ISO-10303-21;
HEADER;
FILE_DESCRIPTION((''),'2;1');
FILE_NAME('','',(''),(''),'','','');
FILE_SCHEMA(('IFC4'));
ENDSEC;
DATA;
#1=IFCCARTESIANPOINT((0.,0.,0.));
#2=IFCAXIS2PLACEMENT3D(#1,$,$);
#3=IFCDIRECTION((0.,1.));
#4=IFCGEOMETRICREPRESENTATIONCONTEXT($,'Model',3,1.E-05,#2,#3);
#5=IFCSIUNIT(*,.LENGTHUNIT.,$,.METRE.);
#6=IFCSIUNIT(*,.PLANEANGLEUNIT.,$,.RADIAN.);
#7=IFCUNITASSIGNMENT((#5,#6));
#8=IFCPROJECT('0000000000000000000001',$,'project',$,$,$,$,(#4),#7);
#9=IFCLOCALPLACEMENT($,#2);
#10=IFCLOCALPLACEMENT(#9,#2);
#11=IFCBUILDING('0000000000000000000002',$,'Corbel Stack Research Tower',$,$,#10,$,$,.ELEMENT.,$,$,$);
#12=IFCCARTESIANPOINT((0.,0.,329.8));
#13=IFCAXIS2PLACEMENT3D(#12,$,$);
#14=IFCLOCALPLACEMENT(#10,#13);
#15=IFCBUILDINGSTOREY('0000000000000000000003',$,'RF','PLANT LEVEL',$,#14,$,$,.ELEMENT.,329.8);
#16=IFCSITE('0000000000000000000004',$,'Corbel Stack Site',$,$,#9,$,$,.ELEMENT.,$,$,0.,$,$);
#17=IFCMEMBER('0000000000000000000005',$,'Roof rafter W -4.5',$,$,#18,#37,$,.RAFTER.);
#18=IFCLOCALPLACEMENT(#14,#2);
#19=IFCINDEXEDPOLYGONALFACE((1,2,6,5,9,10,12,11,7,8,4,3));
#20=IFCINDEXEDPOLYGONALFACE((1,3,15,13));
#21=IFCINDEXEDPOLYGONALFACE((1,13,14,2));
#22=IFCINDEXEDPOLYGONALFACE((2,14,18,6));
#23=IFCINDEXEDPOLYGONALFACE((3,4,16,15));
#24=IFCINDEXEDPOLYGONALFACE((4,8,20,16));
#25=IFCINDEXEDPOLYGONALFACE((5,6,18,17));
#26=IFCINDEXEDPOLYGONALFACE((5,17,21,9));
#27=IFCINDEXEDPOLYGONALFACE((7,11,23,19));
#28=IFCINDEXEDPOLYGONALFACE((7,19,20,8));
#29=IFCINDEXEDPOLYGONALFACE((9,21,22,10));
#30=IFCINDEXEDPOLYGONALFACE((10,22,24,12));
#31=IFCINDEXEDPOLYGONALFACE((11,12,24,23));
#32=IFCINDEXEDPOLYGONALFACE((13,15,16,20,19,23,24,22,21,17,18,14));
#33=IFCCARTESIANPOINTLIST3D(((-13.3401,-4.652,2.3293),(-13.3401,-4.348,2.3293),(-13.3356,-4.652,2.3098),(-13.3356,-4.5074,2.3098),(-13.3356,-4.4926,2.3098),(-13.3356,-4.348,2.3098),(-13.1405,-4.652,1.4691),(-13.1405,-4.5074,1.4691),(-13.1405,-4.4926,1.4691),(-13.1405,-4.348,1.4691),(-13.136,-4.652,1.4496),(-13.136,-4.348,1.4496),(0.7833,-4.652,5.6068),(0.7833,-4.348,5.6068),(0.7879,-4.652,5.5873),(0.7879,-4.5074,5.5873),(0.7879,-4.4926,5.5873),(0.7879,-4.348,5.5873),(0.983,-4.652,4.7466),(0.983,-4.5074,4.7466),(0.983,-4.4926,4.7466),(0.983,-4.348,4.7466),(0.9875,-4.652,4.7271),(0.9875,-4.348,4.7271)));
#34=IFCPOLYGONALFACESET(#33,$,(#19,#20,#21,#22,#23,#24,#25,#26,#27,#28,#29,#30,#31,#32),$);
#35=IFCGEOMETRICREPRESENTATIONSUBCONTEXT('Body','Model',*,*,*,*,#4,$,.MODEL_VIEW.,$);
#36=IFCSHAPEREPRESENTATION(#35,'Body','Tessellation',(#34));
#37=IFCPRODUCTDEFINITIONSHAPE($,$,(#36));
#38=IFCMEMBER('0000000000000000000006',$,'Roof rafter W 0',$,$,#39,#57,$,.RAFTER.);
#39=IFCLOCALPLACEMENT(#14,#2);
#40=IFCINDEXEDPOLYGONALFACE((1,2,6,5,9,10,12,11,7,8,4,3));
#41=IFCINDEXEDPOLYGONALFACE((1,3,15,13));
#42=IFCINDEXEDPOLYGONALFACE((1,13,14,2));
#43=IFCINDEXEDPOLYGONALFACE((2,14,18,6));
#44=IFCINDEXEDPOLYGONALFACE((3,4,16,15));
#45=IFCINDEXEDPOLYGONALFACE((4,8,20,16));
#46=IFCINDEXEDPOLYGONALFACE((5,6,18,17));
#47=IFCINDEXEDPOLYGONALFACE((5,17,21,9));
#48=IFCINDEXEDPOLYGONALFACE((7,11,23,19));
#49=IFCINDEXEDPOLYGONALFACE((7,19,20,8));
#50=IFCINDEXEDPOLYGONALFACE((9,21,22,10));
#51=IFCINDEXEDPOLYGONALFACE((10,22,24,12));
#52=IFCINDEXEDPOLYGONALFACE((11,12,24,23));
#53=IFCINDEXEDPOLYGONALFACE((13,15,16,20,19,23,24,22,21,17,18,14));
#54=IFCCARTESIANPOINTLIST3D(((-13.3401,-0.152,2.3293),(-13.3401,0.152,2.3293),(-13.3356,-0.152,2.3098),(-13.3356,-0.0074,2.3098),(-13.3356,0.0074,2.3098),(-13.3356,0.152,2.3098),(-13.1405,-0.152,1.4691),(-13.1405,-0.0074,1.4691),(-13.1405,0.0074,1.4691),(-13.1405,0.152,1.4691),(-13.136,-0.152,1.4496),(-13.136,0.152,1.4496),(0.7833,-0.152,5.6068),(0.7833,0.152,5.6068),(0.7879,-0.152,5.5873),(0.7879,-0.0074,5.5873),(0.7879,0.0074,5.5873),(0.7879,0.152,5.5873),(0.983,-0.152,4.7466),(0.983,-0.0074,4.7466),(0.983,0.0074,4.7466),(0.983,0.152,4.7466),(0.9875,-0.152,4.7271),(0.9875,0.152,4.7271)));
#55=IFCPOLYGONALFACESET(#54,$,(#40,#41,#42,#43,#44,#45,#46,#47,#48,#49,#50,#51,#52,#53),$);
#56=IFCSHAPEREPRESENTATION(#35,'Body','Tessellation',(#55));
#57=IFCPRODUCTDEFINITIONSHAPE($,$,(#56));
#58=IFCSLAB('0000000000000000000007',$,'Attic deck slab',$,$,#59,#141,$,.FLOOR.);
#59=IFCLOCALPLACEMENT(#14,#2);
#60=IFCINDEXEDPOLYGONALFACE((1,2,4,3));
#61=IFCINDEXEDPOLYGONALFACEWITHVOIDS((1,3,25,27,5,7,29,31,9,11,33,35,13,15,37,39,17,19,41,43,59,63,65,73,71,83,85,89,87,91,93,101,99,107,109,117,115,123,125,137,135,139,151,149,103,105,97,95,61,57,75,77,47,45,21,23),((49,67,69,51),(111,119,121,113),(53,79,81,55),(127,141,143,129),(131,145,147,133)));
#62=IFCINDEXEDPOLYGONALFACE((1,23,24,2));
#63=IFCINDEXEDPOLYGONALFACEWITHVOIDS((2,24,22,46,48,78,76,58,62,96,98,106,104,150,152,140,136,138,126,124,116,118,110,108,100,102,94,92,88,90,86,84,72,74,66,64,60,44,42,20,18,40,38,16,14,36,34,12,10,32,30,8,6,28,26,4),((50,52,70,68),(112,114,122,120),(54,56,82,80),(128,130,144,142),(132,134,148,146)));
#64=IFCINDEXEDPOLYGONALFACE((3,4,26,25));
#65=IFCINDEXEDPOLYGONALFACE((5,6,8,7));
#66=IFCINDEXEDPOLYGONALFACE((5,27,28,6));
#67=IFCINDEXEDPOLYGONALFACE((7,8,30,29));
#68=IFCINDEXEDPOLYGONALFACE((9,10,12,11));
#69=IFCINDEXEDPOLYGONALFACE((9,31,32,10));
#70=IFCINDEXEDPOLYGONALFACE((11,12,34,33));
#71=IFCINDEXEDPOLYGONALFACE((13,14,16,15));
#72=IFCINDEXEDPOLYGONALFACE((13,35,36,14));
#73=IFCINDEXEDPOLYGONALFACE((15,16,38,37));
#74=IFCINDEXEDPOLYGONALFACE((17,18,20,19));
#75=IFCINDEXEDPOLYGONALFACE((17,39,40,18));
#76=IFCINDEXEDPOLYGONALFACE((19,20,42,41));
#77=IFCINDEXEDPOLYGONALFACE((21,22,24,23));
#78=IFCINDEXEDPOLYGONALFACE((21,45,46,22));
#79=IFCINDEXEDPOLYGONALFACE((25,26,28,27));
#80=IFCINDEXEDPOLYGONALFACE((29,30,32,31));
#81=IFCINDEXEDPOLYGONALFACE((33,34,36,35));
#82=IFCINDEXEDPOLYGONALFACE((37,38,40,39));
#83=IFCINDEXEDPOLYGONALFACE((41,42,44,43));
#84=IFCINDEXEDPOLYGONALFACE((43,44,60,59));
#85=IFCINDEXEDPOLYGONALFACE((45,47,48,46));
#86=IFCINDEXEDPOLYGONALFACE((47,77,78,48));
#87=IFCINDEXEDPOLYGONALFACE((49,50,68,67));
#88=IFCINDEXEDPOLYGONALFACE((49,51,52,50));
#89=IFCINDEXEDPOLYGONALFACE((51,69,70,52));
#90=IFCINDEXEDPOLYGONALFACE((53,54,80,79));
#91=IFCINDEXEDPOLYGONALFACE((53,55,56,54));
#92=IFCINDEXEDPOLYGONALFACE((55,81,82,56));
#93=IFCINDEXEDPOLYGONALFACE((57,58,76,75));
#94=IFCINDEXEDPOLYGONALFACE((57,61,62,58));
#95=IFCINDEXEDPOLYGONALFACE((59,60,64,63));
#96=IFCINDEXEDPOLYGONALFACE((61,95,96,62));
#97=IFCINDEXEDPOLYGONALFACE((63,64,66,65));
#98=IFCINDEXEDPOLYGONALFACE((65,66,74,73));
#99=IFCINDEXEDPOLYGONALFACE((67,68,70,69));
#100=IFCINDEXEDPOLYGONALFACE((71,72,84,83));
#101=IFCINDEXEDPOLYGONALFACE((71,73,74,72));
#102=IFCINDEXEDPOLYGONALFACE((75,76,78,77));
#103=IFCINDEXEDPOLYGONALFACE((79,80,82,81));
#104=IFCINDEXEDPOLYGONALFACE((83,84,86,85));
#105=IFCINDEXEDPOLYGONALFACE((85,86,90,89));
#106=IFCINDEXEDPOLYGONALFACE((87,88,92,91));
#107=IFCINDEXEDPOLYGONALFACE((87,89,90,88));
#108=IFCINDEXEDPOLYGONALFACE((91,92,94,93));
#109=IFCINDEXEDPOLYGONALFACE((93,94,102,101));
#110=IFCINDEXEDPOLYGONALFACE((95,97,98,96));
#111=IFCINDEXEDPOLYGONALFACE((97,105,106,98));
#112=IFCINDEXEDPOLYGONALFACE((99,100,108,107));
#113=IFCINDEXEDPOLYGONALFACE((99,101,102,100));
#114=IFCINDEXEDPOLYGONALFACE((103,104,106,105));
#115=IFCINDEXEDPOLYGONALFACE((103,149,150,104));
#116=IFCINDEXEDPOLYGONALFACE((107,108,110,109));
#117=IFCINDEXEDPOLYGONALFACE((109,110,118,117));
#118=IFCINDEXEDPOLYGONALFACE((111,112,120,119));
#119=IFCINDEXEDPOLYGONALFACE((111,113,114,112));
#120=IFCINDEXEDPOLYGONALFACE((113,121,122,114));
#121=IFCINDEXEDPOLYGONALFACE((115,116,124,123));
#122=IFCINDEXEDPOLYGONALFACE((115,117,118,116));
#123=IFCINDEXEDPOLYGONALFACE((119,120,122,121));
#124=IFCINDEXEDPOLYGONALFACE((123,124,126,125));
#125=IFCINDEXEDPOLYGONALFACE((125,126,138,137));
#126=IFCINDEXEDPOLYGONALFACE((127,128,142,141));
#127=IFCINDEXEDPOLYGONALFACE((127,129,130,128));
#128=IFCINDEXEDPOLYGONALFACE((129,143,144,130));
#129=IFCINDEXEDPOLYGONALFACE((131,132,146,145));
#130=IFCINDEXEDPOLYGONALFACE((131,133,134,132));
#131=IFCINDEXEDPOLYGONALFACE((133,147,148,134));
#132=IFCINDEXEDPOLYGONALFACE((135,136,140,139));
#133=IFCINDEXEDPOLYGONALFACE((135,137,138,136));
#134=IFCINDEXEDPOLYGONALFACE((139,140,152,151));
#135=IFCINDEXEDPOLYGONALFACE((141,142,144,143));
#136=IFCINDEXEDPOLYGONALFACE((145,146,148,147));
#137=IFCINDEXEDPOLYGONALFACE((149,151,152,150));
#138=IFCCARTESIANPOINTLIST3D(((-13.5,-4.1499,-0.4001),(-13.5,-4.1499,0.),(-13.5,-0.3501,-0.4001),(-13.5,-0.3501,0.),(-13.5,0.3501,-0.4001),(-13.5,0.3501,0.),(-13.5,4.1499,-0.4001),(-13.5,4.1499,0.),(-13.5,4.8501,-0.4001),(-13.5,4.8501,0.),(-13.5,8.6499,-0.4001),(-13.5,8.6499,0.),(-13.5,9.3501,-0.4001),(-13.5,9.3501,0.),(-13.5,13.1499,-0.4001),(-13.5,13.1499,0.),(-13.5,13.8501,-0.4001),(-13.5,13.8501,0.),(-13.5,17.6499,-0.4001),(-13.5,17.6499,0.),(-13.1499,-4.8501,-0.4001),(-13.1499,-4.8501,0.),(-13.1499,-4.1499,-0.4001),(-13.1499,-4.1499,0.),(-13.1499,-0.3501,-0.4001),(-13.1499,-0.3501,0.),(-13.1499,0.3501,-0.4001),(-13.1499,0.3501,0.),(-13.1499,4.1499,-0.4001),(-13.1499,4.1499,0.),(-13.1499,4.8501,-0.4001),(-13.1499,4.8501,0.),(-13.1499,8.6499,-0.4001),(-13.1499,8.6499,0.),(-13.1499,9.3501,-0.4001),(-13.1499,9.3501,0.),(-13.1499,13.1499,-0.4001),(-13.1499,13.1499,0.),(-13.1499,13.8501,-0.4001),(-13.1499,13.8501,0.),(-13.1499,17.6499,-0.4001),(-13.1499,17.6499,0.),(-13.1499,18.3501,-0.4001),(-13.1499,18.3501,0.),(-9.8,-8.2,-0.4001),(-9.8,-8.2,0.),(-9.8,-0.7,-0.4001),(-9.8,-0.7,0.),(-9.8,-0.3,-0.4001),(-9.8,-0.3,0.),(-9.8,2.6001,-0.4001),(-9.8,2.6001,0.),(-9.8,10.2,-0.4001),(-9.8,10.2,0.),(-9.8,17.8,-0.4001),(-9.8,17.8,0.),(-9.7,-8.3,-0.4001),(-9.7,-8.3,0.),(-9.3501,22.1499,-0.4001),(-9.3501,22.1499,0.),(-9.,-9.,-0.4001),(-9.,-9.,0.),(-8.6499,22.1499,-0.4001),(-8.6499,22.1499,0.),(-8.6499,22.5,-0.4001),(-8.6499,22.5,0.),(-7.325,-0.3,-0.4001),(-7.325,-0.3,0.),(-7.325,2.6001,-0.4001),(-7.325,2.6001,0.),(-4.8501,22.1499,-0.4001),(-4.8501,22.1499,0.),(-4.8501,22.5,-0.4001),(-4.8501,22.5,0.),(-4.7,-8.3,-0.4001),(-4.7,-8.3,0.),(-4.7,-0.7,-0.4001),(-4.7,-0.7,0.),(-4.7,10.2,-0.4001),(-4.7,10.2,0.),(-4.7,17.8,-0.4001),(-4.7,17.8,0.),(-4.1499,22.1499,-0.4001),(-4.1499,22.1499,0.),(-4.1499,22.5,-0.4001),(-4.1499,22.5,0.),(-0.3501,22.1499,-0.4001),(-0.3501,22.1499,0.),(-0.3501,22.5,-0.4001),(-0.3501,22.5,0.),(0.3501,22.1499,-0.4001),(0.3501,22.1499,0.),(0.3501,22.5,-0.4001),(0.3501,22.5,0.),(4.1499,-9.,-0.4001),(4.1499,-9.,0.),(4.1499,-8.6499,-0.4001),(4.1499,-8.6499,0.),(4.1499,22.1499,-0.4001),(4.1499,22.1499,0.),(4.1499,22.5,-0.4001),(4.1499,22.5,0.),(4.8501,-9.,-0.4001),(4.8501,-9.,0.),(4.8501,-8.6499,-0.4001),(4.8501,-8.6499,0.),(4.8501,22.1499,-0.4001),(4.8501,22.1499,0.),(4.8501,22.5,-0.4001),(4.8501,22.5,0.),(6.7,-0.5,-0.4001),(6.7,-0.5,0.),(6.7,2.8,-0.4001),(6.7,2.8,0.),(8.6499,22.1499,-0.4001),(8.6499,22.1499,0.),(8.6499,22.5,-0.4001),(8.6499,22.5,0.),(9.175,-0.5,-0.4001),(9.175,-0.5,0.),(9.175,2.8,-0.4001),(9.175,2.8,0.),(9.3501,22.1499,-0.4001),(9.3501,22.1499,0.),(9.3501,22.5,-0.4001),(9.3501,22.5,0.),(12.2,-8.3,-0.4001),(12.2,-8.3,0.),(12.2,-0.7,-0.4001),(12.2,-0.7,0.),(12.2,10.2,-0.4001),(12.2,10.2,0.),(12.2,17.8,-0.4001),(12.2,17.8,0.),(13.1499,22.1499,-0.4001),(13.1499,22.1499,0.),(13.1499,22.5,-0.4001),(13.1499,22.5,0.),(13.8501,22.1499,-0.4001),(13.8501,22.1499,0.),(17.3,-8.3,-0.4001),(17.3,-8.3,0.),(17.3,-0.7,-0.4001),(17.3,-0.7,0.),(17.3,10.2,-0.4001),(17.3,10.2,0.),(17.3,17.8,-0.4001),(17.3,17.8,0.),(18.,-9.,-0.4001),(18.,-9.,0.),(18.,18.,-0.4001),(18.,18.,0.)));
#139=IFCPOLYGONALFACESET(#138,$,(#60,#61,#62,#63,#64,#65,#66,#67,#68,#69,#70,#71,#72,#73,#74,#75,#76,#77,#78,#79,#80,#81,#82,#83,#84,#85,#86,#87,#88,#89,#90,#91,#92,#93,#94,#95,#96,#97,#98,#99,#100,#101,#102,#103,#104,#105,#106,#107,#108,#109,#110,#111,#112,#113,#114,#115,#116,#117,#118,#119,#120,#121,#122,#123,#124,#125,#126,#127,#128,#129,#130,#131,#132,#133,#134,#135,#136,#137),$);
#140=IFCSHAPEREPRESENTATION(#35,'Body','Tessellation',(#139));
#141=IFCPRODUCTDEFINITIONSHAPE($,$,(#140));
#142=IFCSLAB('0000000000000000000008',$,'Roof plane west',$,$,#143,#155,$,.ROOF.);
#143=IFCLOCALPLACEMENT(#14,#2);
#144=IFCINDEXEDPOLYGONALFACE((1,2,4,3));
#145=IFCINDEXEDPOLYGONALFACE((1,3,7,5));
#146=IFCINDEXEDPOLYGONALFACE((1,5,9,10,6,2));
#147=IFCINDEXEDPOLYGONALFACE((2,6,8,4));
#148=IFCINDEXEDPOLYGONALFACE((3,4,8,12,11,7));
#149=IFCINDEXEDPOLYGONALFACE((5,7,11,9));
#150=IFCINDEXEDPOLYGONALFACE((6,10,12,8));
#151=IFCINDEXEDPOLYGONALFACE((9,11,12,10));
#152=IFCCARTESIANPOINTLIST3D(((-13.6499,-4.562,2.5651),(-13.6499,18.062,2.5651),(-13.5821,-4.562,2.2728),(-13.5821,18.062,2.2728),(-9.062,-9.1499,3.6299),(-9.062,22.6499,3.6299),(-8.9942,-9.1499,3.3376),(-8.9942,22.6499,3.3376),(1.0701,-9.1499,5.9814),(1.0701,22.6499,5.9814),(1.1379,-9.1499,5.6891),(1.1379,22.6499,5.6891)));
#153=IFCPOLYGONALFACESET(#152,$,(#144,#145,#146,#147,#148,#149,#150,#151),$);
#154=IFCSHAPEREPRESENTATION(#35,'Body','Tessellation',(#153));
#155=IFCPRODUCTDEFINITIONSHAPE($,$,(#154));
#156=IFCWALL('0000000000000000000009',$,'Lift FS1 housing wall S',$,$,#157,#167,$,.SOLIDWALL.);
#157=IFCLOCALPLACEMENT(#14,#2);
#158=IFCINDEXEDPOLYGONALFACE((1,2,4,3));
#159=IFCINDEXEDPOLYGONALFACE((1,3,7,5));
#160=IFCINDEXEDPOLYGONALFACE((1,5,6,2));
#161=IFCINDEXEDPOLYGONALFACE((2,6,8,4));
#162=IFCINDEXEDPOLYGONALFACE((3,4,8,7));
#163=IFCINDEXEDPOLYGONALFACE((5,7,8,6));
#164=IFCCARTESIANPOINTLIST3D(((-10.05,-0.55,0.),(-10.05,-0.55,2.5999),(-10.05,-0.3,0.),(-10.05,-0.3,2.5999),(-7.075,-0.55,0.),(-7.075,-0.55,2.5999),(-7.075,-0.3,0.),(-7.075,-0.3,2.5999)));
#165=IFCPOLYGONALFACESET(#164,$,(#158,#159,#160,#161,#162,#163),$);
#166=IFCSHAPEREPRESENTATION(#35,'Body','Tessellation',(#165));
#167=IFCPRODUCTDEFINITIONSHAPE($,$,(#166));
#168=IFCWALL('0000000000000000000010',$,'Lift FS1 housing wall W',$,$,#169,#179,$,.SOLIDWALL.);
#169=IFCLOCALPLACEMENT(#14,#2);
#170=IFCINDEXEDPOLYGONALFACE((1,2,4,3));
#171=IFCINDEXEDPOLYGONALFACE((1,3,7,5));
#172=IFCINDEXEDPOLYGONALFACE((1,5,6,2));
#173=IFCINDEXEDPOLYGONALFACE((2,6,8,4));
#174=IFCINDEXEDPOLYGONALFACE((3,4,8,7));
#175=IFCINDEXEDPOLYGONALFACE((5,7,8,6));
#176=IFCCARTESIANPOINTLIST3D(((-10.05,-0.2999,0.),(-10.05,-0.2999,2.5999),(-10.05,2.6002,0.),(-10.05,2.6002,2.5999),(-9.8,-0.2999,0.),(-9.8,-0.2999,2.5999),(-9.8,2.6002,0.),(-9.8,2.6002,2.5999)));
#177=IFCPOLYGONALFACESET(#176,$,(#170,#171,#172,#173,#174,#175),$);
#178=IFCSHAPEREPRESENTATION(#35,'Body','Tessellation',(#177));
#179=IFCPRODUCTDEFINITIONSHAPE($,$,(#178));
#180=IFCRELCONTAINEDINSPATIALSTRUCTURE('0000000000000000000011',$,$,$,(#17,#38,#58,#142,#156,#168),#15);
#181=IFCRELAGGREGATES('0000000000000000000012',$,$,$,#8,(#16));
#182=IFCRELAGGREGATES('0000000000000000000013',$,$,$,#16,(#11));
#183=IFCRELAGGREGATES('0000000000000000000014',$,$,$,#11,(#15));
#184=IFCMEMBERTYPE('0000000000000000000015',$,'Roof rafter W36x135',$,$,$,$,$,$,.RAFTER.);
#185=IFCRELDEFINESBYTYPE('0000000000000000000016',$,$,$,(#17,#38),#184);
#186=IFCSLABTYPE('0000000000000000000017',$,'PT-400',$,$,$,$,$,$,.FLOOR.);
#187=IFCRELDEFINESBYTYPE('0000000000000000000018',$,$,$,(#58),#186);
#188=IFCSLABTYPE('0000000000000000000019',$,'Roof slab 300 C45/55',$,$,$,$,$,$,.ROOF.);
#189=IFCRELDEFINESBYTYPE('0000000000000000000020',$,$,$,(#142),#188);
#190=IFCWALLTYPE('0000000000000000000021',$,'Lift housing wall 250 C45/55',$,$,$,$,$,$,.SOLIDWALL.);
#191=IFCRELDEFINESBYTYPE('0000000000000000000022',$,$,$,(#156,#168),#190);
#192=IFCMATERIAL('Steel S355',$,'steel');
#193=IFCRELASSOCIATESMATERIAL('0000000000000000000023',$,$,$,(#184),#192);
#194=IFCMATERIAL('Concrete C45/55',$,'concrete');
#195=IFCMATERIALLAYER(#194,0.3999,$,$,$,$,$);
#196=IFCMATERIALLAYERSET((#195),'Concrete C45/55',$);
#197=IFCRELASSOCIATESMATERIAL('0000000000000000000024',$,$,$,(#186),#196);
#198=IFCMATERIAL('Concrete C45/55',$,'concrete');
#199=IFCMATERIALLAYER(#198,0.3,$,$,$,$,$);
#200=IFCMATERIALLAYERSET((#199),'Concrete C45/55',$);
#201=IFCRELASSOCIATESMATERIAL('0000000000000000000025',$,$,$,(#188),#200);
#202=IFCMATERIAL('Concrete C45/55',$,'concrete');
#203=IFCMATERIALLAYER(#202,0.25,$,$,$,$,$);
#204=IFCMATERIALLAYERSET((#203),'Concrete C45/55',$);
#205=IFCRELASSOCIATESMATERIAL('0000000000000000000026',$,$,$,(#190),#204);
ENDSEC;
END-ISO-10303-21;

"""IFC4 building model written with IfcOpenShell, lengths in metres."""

from ifc_helpers import new_model, si_unit, direction, frame, frame_2d, origin, origin_2d, place, context, subcontext, project, spatial, polyline, rectangle, i_section, outline, extrude, material, layer, layer_set, material_profile, profile_set, type_object, element, save


model = new_model("IFC4")

# Units and contexts
model_context = context("Model", 3, precision=1e-05, world=origin(), true_north=direction((0.0, 1.0)))
body_context = subcontext(model_context, "Body", "Model", "MODEL_VIEW")
ifc_project = project(units=[si_unit("LENGTHUNIT", "METRE"), si_unit("PLANEANGLEUNIT", "RADIAN")], contexts=[model_context])

# Site, building, storey
site_placement = place(None, origin())
site = spatial("IfcSite", under=ifc_project, at=site_placement, Name="Corbel Stack Site", CompositionType="ELEMENT", RefElevation=0.0)
building_placement = place(site_placement, origin())
building = spatial("IfcBuilding", under=site, at=building_placement, Name="Corbel Stack Research Tower", CompositionType="ELEMENT")
storey_placement = place(building_placement, frame((0.0, 0.0, 329.8)))
storey = spatial("IfcBuildingStorey", under=building, at=storey_placement, Name="RF", Description="PLANT LEVEL", CompositionType="ELEMENT", Elevation=329.8)

# Members
ifc_material_1 = material(Name="Steel S355", Category="steel")
ifc_material_profile = material_profile(ifc_material_1, i_section(OverallWidth=0.304, OverallDepth=0.9031, WebThickness=0.0149, FlangeThickness=0.02, at=origin_2d()), Name="W36x135")
ifc_profile_set = profile_set([ifc_material_profile], Name="Steel S355")
member_type = type_object("IfcMemberType", Name="Roof rafter W36x135", PredefinedType="RAFTER", material=ifc_profile_set)
for number, where, z_axis, x_axis, name in (
    (1, (-13.238, -4.5, 1.8894), (0.974114, 0.0, 0.226058), (0.0, 1.0, 0.0), "Roof rafter W -4.5"),
    (2, (-13.238, 0.0, 1.8894), (0.974114, 0.0, 0.226058), (0.0, 1.0, 0.0), "Roof rafter W 0"),
):
    element("IfcMember", number, at=place(storey_placement, frame(where, z_axis=z_axis, x_axis=x_axis)), inside=storey, type_object=member_type, Name=name, PredefinedType="RAFTER", context=body_context, shape_type="SweptSolid", body=[
        extrude(i_section(OverallWidth=0.304, OverallDepth=0.9031, WebThickness=0.0149, FlangeThickness=0.02, at=origin_2d()), origin(), (0.0, 0.0, 1.0), 14.4988),
    ])

# Slabs
ifc_material_2 = material(Name="Concrete C45/55", Category="concrete")
ifc_layer_1 = layer(ifc_material_2, 0.3999)
ifc_layer_set_1 = layer_set([ifc_layer_1], Name="Concrete C45/55")
slab_type_1 = type_object("IfcSlabType", Name="PT-400", PredefinedType="FLOOR", material=ifc_layer_set_1)
slab_1_placement = place(storey_placement, frame((0.0, 0.0, -0.4001)))
element("IfcSlab", 3, at=slab_1_placement, inside=storey, type_object=slab_type_1, Name="Attic deck slab", PredefinedType="FLOOR", context=body_context, shape_type="SweptSolid", body=[
    extrude(outline(polyline([(4.1499, -9.0), (4.1499, -8.6499), (4.8501, -8.6499), (4.8501, -9.0), (18.0, -9.0), (18.0, 18.0), (13.8501, 22.1499), (13.1499, 22.1499), (13.1499, 22.5), (9.3501, 22.5), (9.3501, 22.1499), (8.6499, 22.1499), (8.6499, 22.5), (4.8501, 22.5), (4.8501, 22.1499), (4.1499, 22.1499), (4.1499, 22.5), (0.3501, 22.5), (0.3501, 22.1499), (-0.3501, 22.1499), (-0.3501, 22.5), (-4.1499, 22.5), (-4.1499, 22.1499), (-4.8501, 22.1499), (-4.8501, 22.5), (-8.6499, 22.5), (-8.6499, 22.1499), (-9.3501, 22.1499), (-13.1499, 18.3501), (-13.1499, 17.6499), (-13.5, 17.6499), (-13.5, 13.8501), (-13.1499, 13.8501), (-13.1499, 13.1499), (-13.5, 13.1499), (-13.5, 9.3501), (-13.1499, 9.3501), (-13.1499, 8.6499), (-13.5, 8.6499), (-13.5, 4.8501), (-13.1499, 4.8501), (-13.1499, 4.1499), (-13.5, 4.1499), (-13.5, 0.3501), (-13.1499, 0.3501), (-13.1499, -0.3501), (-13.5, -0.3501), (-13.5, -4.1499), (-13.1499, -4.1499), (-13.1499, -4.8501), (-9.8, -8.2), (-9.8, -0.7), (-4.7, -0.7), (-4.7, -8.3), (-9.7, -8.3), (-9.0, -9.0), (4.1499, -9.0)]), holes=[polyline([(17.3, -8.3), (12.2, -8.3), (12.2, -0.7), (17.3, -0.7), (17.3, -8.3)]), polyline([(17.3, 10.2), (12.2, 10.2), (12.2, 17.8), (17.3, 17.8), (17.3, 10.2)]), polyline([(-4.7, 10.2), (-9.8, 10.2), (-9.8, 17.8), (-4.7, 17.8), (-4.7, 10.2)]), polyline([(-7.325, -0.3), (-9.8, -0.3), (-9.8, 2.6001), (-7.325, 2.6001), (-7.325, -0.3)]), polyline([(9.175, -0.5), (6.7, -0.5), (6.7, 2.8), (9.175, 2.8), (9.175, -0.5)])]), origin(), (0.0, 0.0, 1.0), 0.4001),
])
ifc_material_3 = material(Name="Concrete C45/55", Category="concrete")
ifc_layer_2 = layer(ifc_material_3, 0.3)
ifc_layer_set_2 = layer_set([ifc_layer_2], Name="Concrete C45/55")
slab_type_2 = type_object("IfcSlabType", Name="Roof slab 300 C45/55", PredefinedType="ROOF", material=ifc_layer_set_2)
slab_2_placement = place(storey_placement, frame((-9.062, -9.1499, 3.6299), z_axis=(-0.226075, 0.0, 0.97411), x_axis=(0.97411, 0.0, 0.226075)))
element("IfcSlab", 4, at=slab_2_placement, inside=storey, type_object=slab_type_2, Name="Roof plane west", PredefinedType="ROOF", context=body_context, shape_type="SweptSolid", body=[
    extrude(outline(polyline([(0.0, 0.0), (10.4014, 0.0), (10.4014, 31.7998), (0.0, 31.7998), (-4.7098, 27.2119), (-4.7098, 4.5879), (0.0, 0.0)])), origin(), (0.0, 0.0, -1.0), 0.3),
])

# Walls
ifc_material_4 = material(Name="Concrete C45/55", Category="concrete")
ifc_layer_3 = layer(ifc_material_4, 0.25)
ifc_layer_set_3 = layer_set([ifc_layer_3], Name="Concrete C45/55")
wall_type_1 = type_object("IfcWallType", Name="Lift housing wall 250 C45/55", PredefinedType="SOLIDWALL", material=ifc_layer_set_3)
wall_1_placement = place(storey_placement, frame((-10.05, -0.425, 0.0), z_axis=(0.0, 0.0, 1.0), x_axis=(1.0, 0.0, 0.0)))
element("IfcWall", 5, at=wall_1_placement, inside=storey, type_object=wall_type_1, Name="Lift FS1 housing wall S", PredefinedType="SOLIDWALL", context=body_context, shape_type="SweptSolid", body=[
    extrude(rectangle(XDim=2.9751, YDim=0.25, at=frame_2d((1.4875, 0.0))), origin(), (0.0, 0.0, 1.0), 2.5999),
])
for number, where, z_axis, x_axis, name in (
    (6, (-9.925, -0.3, 0.0), (0.0, 0.0, 1.0), (0.0, 1.0, 0.0), "Lift FS1 housing wall W"),
):
    element("IfcWall", number, at=place(storey_placement, frame(where, z_axis=z_axis, x_axis=x_axis)), inside=storey, type_object=wall_type_1, Name=name, PredefinedType="SOLIDWALL", context=body_context, shape_type="SweptSolid", body=[
        extrude(rectangle(XDim=2.9001, YDim=0.25, at=frame_2d((1.4502, 0.0))), origin(), (0.0, 0.0, 1.0), 2.5999),
    ])

save(model, "model.ifc")
